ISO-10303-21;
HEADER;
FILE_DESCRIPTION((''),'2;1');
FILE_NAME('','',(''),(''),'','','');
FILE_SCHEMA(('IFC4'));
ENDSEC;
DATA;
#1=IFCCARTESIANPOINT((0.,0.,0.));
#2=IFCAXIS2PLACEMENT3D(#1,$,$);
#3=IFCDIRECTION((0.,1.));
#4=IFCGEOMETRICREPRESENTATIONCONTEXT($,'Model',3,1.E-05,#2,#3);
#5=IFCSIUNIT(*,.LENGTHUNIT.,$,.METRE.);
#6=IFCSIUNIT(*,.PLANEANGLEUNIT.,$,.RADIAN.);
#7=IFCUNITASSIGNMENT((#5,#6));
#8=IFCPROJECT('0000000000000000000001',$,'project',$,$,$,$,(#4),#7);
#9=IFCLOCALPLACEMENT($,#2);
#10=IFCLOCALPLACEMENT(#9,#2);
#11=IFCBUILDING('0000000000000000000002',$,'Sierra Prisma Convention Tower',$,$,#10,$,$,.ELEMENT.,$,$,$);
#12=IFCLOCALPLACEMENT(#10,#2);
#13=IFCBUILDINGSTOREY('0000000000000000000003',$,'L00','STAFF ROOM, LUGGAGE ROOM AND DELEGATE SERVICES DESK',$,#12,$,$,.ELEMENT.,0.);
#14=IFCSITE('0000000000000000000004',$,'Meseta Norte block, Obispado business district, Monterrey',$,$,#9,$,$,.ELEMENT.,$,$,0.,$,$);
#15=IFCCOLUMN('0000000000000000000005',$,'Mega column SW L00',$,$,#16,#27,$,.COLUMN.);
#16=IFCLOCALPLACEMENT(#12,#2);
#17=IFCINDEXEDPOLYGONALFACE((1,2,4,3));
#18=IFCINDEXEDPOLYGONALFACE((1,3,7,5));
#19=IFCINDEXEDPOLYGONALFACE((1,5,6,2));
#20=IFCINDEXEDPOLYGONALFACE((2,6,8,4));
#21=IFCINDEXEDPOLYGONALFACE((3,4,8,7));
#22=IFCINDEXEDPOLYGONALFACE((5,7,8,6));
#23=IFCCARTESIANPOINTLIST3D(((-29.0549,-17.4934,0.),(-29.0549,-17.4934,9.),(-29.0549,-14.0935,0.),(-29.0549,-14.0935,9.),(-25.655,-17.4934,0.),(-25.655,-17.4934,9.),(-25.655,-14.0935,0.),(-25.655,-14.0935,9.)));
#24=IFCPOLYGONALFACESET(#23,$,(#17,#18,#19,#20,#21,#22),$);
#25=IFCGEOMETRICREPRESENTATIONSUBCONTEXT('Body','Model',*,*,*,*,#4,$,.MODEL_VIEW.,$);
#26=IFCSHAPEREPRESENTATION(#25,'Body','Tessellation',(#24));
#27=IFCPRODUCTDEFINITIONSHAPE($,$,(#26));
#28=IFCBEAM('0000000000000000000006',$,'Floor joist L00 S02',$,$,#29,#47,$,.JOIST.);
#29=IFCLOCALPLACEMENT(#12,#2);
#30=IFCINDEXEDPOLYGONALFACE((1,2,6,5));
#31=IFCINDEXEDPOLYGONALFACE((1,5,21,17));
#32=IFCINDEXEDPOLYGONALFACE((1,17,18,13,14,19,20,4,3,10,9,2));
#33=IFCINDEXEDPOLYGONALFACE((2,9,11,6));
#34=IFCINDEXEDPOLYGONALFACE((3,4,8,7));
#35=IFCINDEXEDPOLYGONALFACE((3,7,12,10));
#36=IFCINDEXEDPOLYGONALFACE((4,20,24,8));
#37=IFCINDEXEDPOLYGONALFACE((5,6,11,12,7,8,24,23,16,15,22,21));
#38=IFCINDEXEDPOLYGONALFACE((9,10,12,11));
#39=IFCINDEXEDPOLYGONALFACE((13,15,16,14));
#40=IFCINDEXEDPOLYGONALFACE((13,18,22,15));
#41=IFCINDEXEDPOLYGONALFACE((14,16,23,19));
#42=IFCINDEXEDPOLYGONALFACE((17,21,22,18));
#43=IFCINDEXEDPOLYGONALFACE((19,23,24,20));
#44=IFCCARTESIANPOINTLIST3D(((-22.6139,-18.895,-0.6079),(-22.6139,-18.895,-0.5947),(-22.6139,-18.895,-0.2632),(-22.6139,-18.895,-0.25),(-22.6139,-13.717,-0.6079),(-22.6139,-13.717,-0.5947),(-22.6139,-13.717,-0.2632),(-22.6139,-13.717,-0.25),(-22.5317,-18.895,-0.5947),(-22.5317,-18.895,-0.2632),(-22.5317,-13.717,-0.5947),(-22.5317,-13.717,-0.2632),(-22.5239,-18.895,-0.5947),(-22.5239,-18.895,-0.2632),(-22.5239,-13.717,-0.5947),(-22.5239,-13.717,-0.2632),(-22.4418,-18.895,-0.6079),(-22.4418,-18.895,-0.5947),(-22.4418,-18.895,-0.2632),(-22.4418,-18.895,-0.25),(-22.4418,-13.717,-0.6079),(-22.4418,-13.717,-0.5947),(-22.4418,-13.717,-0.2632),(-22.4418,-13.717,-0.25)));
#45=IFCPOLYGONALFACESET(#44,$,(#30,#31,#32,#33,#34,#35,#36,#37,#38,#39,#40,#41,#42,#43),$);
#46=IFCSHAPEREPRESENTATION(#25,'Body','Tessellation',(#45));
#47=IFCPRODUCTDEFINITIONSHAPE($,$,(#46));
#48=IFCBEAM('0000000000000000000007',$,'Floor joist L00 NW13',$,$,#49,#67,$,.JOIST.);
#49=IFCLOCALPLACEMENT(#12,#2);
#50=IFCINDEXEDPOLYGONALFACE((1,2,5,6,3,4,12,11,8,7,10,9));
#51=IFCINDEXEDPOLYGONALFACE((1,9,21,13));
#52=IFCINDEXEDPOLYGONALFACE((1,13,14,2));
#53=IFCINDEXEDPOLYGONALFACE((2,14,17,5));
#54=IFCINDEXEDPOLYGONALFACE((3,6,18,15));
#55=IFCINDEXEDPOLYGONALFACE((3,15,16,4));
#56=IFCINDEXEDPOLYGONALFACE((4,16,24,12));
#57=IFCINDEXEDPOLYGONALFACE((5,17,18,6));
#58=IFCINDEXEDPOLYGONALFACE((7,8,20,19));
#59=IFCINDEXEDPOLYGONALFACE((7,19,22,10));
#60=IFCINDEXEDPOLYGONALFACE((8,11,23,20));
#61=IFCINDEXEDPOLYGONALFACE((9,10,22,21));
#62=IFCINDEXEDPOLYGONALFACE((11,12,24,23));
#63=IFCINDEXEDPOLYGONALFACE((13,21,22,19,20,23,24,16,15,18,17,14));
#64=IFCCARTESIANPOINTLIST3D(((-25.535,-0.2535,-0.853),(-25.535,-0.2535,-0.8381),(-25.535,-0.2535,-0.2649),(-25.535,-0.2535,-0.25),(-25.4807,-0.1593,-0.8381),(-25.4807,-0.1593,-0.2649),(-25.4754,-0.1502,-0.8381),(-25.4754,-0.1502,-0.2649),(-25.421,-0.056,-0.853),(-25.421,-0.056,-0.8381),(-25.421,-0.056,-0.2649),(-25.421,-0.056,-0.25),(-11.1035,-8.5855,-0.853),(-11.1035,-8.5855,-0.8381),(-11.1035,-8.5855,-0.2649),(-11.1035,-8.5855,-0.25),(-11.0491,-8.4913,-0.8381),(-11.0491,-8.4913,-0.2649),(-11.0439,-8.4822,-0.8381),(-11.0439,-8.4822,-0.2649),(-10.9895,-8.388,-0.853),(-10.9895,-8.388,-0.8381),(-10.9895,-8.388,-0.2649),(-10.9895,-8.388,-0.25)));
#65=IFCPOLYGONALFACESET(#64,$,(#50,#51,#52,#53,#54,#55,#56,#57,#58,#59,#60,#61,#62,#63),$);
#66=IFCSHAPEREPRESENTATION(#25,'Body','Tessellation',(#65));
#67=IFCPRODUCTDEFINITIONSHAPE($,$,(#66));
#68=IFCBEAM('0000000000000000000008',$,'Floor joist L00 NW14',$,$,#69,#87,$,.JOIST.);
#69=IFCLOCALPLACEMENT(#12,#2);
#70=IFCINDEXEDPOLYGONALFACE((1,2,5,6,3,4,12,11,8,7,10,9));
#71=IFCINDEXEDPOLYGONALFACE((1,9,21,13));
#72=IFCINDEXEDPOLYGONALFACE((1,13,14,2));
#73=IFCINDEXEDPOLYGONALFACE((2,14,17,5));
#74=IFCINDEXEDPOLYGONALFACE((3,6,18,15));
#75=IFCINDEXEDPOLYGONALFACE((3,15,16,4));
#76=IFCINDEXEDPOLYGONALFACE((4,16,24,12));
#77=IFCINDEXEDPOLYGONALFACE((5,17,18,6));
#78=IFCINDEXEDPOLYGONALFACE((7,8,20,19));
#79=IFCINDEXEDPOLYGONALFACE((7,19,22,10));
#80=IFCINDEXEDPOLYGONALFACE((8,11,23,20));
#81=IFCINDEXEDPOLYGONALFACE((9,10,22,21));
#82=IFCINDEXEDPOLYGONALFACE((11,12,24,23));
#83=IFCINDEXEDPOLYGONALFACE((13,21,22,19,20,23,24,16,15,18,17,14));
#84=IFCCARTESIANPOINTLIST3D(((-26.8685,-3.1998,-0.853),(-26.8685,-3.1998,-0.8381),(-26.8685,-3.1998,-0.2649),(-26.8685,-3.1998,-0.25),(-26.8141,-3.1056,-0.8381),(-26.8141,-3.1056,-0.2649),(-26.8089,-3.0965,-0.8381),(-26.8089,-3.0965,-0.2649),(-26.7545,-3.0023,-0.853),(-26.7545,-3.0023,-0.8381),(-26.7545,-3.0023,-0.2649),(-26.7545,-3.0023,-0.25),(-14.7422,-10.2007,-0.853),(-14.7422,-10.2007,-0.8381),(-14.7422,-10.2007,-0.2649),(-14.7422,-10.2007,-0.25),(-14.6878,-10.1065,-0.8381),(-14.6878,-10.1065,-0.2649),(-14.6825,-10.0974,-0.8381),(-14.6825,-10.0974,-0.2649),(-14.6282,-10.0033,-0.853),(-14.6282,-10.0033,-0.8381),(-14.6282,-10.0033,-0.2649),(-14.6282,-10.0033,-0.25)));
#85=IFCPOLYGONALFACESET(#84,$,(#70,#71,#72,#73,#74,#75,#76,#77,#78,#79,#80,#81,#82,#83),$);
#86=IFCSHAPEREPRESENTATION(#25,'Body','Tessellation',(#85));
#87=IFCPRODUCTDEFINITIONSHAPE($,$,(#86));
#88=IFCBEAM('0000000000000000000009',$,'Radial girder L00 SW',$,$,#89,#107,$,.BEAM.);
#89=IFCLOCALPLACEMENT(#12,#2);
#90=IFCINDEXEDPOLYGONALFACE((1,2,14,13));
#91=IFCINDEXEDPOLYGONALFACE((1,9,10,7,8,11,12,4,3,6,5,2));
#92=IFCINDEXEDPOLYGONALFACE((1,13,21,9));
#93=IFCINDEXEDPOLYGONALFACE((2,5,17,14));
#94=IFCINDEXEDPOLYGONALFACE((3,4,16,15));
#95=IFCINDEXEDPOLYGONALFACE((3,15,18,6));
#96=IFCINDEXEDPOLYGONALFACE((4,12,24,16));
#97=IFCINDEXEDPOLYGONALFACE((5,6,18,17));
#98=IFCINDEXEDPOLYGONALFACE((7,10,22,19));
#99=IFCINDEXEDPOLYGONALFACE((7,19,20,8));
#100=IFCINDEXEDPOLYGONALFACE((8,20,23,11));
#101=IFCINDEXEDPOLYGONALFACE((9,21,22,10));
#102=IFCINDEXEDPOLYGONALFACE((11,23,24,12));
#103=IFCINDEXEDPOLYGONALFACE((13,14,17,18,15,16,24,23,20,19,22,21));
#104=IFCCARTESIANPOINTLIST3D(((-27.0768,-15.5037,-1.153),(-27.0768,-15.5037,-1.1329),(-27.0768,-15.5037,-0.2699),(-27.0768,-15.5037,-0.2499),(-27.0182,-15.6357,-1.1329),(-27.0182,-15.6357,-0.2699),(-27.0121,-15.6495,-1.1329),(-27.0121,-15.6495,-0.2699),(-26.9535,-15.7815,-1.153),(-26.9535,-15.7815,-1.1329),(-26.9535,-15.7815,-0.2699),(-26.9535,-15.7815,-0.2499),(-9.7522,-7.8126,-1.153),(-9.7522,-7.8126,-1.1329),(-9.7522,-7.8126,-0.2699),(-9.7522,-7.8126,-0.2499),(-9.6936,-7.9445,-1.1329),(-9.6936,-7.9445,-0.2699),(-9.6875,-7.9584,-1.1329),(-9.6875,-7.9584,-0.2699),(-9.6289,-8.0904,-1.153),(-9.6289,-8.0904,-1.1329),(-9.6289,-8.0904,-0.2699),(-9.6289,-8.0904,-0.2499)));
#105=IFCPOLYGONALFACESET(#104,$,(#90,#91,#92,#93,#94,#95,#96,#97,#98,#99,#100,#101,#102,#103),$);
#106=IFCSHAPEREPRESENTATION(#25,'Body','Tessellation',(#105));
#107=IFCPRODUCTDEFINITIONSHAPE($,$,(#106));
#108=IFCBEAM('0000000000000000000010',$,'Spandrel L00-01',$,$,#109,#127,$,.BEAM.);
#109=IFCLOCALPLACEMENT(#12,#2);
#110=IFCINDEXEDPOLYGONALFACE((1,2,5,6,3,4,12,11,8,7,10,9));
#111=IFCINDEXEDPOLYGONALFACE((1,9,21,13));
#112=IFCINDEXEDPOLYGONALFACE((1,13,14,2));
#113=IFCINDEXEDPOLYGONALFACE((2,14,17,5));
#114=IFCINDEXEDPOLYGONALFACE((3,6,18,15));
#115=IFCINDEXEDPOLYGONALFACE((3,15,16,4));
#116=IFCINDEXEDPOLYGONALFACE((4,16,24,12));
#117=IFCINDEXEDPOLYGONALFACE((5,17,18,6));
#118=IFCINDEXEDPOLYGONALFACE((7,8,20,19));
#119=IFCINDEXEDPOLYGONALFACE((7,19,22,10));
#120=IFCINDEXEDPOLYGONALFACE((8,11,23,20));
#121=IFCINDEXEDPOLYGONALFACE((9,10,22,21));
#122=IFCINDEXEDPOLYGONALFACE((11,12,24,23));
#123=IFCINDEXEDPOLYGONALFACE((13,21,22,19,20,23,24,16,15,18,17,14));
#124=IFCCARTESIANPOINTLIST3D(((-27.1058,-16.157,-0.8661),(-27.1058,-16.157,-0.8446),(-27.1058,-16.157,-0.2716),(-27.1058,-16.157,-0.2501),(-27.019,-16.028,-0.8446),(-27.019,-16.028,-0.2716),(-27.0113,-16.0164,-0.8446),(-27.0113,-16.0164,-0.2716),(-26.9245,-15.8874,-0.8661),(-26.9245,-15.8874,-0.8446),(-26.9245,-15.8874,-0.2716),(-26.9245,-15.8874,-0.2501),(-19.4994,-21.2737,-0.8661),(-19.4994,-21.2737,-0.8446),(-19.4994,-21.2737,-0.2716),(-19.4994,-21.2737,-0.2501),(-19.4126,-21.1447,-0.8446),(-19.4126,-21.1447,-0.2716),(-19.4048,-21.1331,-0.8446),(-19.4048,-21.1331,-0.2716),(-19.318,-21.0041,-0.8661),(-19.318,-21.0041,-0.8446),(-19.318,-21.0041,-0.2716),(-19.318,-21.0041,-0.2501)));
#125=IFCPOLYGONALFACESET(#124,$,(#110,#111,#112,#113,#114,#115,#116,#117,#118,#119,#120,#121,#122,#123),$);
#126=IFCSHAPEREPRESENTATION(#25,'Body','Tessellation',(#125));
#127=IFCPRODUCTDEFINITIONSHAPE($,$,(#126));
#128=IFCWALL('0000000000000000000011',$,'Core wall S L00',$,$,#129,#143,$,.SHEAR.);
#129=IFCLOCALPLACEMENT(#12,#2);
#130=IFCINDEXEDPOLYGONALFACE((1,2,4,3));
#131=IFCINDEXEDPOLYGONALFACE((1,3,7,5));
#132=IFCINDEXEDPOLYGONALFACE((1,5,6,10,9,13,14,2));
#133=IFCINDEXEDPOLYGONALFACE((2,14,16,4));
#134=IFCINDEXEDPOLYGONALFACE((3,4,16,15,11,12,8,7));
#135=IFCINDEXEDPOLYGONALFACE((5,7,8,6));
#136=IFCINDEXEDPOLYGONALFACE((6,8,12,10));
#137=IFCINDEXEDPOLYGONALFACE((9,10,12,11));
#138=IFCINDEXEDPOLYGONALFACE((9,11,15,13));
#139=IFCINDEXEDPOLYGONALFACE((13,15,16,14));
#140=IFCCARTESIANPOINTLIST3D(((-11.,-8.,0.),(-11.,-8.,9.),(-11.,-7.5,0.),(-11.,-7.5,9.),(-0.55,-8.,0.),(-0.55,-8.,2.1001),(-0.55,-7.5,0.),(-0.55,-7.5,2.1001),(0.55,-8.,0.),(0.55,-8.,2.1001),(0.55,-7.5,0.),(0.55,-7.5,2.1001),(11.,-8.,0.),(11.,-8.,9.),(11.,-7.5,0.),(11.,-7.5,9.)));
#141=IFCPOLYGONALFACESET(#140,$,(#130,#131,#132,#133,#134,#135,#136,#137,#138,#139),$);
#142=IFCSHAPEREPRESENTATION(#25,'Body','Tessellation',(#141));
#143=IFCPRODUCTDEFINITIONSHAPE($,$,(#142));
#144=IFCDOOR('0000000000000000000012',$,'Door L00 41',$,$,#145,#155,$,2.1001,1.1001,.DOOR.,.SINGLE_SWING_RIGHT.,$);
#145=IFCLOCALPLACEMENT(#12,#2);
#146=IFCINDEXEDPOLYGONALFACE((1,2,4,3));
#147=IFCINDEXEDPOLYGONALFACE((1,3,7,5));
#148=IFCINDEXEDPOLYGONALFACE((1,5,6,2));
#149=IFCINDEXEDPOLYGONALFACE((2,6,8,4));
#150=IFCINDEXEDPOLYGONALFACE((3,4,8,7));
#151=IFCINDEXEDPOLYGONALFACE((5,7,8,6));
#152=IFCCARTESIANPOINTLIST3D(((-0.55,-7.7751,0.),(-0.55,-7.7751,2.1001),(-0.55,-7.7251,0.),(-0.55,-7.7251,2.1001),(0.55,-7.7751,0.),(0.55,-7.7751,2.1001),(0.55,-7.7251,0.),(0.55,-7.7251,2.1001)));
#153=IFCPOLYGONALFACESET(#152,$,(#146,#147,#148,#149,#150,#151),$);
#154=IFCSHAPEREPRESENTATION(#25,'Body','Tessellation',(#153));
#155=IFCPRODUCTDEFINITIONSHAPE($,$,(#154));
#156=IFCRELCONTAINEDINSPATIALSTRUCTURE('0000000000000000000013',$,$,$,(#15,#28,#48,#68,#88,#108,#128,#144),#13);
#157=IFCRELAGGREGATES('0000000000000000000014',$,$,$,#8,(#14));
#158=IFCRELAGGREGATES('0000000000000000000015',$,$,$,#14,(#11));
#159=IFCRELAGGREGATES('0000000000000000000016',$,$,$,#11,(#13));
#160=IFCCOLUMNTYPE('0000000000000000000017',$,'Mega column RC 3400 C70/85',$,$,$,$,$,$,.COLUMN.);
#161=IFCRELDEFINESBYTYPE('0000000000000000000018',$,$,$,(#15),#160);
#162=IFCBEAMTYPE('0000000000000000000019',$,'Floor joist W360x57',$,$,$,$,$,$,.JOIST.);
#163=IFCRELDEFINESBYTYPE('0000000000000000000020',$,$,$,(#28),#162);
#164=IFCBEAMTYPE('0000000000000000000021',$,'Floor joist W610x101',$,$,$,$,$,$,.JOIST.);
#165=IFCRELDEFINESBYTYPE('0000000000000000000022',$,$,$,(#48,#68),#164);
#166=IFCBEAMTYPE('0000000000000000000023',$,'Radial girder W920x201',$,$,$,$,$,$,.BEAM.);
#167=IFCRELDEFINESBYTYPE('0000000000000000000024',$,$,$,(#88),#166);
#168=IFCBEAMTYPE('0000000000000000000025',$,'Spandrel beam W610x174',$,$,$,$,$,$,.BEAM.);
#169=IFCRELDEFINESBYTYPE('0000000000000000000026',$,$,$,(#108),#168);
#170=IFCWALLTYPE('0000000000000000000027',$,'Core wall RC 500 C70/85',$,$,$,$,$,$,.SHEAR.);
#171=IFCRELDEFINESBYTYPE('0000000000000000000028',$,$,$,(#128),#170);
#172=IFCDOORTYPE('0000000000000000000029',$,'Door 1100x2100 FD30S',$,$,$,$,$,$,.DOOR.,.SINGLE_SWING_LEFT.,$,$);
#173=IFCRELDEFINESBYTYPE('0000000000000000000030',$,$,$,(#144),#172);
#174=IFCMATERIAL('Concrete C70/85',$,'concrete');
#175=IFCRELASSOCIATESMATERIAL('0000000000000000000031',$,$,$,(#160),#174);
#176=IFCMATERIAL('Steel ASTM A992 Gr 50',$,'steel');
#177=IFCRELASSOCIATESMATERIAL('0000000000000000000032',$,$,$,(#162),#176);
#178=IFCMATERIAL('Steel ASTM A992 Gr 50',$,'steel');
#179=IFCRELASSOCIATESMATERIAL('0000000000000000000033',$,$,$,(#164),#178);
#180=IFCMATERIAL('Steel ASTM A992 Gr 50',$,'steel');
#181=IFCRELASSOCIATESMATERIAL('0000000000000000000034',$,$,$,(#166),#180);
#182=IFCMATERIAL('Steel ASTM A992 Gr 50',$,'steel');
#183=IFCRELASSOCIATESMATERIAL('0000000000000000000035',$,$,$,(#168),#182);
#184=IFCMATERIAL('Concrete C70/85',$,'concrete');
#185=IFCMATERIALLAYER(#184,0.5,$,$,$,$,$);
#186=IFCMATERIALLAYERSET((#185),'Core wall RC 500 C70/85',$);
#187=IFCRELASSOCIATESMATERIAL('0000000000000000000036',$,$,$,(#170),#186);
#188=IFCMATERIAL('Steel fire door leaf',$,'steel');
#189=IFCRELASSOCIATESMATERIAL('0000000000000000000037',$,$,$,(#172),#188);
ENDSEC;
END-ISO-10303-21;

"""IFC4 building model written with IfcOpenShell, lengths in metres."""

from ifc_helpers import new_model, si_unit, direction, frame, frame_2d, origin, origin_2d, place, context, subcontext, project, spatial, rectangle, i_section, extrude, material, layer, layer_set, material_profile, profile_set, type_object, element, fill, save


model = new_model("IFC4")

# Units and contexts
model_context = context("Model", 3, precision=1e-05, world=origin(), true_north=direction((0.0, 1.0)))
body_context = subcontext(model_context, "Body", "Model", "MODEL_VIEW")
ifc_project = project(units=[si_unit("LENGTHUNIT", "METRE"), si_unit("PLANEANGLEUNIT", "RADIAN")], contexts=[model_context])

# Site, building, storey
site_placement = place(None, origin())
site = spatial("IfcSite", under=ifc_project, at=site_placement, Name="Meseta Norte block, Obispado business district, Monterrey", CompositionType="ELEMENT", RefElevation=0.0)
building_placement = place(site_placement, origin())
building = spatial("IfcBuilding", under=site, at=building_placement, Name="Sierra Prisma Convention Tower", CompositionType="ELEMENT")
storey_placement = place(building_placement, origin())
storey = spatial("IfcBuildingStorey", under=building, at=storey_placement, Name="L00", Description="STAFF ROOM, LUGGAGE ROOM AND DELEGATE SERVICES DESK", CompositionType="ELEMENT", Elevation=0.0)

# Column
ifc_material_1 = material(Name="Concrete C70/85", Category="concrete")
ifc_material_profile_1 = material_profile(ifc_material_1, rectangle(XDim=3.3999, YDim=3.3999, at=origin_2d()), Name="Mega column RC 3400 C70/85")
ifc_profile_set_1 = profile_set([ifc_material_profile_1], Name="Concrete C70/85")
column_type = type_object("IfcColumnType", Name="Mega column RC 3400 C70/85", PredefinedType="COLUMN", material=ifc_profile_set_1)
column_placement = place(storey_placement, frame((-27.355, -15.7935, 0.0), z_axis=(0.0, 0.0, 1.0), x_axis=(1.0, 0.0, 0.0)))
element("IfcColumn", 1, at=column_placement, inside=storey, type_object=column_type, Name="Mega column SW L00", PredefinedType="COLUMN", context=body_context, shape_type="SweptSolid", body=[
    extrude(rectangle(XDim=3.3999, YDim=3.3999, at=origin_2d()), origin(), (0.0, 0.0, 1.0), 9.0),
])

# Beams
ifc_material_2 = material(Name="Steel ASTM A992 Gr 50", Category="steel")
ifc_material_profile_2 = material_profile(ifc_material_2, i_section(OverallWidth=0.1721, OverallDepth=0.3579, WebThickness=0.0078, FlangeThickness=0.0132, at=origin_2d()), Name="W360x57")
ifc_profile_set_2 = profile_set([ifc_material_profile_2], Name="Steel ASTM A992 Gr 50")
beam_type_1 = type_object("IfcBeamType", Name="Floor joist W360x57", PredefinedType="JOIST", material=ifc_profile_set_2)
beam_1_placement = place(storey_placement, frame((-22.5278, -18.895, -0.429), z_axis=(0.0, 1.0, 0.0), x_axis=(-1.0, 0.0, 0.0)))
element("IfcBeam", 2, at=beam_1_placement, inside=storey, type_object=beam_type_1, Name="Floor joist L00 S02", PredefinedType="JOIST", context=body_context, shape_type="SweptSolid", body=[
    extrude(i_section(OverallWidth=0.1721, OverallDepth=0.3579, WebThickness=0.0078, FlangeThickness=0.0132, at=origin_2d()), origin(), (0.0, 0.0, 1.0), 5.178),
])
ifc_material_3 = material(Name="Steel ASTM A992 Gr 50", Category="steel")
ifc_material_profile_3 = material_profile(ifc_material_3, i_section(OverallWidth=0.228, OverallDepth=0.603, WebThickness=0.0105, FlangeThickness=0.0149, at=origin_2d()), Name="W610x101")
ifc_profile_set_3 = profile_set([ifc_material_profile_3], Name="Steel ASTM A992 Gr 50")
beam_type_2 = type_object("IfcBeamType", Name="Floor joist W610x101", PredefinedType="JOIST", material=ifc_profile_set_3)
beam_2_placement = place(storey_placement, frame((-25.478, -0.1548, -0.5515), z_axis=(0.866027, -0.499996, 0.0), x_axis=(0.499996, 0.866027, 0.0)))
element("IfcBeam", 3, at=beam_2_placement, inside=storey, type_object=beam_type_2, Name="Floor joist L00 NW13", PredefinedType="JOIST", context=body_context, shape_type="SweptSolid", body=[
    extrude(i_section(OverallWidth=0.228, OverallDepth=0.603, WebThickness=0.0105, FlangeThickness=0.0149, at=origin_2d()), origin(), (0.0, 0.0, 1.0), 16.6641),
])
beam_3_placement = place(storey_placement, frame((-26.8115, -3.1011, -0.5515), z_axis=(0.866033, -0.499987, 0.0), x_axis=(0.499987, 0.866033, 0.0)))
element("IfcBeam", 4, at=beam_3_placement, inside=storey, type_object=beam_type_2, Name="Floor joist L00 NW14", PredefinedType="JOIST", context=body_context, shape_type="SweptSolid", body=[
    extrude(i_section(OverallWidth=0.228, OverallDepth=0.603, WebThickness=0.0105, FlangeThickness=0.0149, at=origin_2d()), origin(), (0.0, 0.0, 1.0), 14.0022),
])
ifc_material_4 = material(Name="Steel ASTM A992 Gr 50", Category="steel")
ifc_material_profile_4 = material_profile(ifc_material_4, i_section(OverallWidth=0.304, OverallDepth=0.9031, WebThickness=0.0151, FlangeThickness=0.02, at=origin_2d()), Name="W920x201")
ifc_profile_set_4 = profile_set([ifc_material_profile_4], Name="Steel ASTM A992 Gr 50")
beam_type_3 = type_object("IfcBeamType", Name="Radial girder W920x201", PredefinedType="BEAM", material=ifc_profile_set_4)
beam_4_placement = place(storey_placement, frame((-27.0151, -15.6426, -0.7014), z_axis=(0.913982, 0.405755, 0.0), x_axis=(-0.405755, 0.913982, 0.0)))
element("IfcBeam", 5, at=beam_4_placement, inside=storey, type_object=beam_type_3, Name="Radial girder L00 SW", PredefinedType="BEAM", context=body_context, shape_type="SweptSolid", body=[
    extrude(i_section(OverallWidth=0.304, OverallDepth=0.9031, WebThickness=0.0151, FlangeThickness=0.02, at=origin_2d()), origin(), (0.0, 0.0, 1.0), 18.9551),
])
ifc_material_5 = material(Name="Steel ASTM A992 Gr 50", Category="steel")
ifc_material_profile_5 = material_profile(ifc_material_5, i_section(OverallWidth=0.325, OverallDepth=0.616, WebThickness=0.0139, FlangeThickness=0.0215, at=origin_2d()), Name="W610x174")
ifc_profile_set_5 = profile_set([ifc_material_profile_5], Name="Steel ASTM A992 Gr 50")
beam_type_4 = type_object("IfcBeamType", Name="Spandrel beam W610x174", PredefinedType="BEAM", material=ifc_profile_set_5)
beam_5_placement = place(storey_placement, frame((-27.0151, -16.0222, -0.5581), z_axis=(0.82974, -0.558149, 0.0), x_axis=(0.558149, 0.82974, 0.0)))
element("IfcBeam", 6, at=beam_5_placement, inside=storey, type_object=beam_type_4, Name="Spandrel L00-01", PredefinedType="BEAM", context=body_context, shape_type="SweptSolid", body=[
    extrude(i_section(OverallWidth=0.325, OverallDepth=0.616, WebThickness=0.0139, FlangeThickness=0.0215, at=origin_2d()), origin(), (0.0, 0.0, 1.0), 9.1672),
])

# Wall, opening, door
ifc_material_6 = material(Name="Concrete C70/85", Category="concrete")
ifc_layer_1 = layer(ifc_material_6, 0.5)
ifc_layer_set_1 = layer_set([ifc_layer_1], Name="Core wall RC 500 C70/85")
wall_type_1 = type_object("IfcWallType", Name="Core wall RC 500 C70/85", PredefinedType="SHEAR", material=ifc_layer_set_1)
wall_1_placement = place(storey_placement, frame((-11.0, -7.75, 0.0), z_axis=(0.0, 0.0, 1.0), x_axis=(1.0, 0.0, 0.0)))
wall_1 = element("IfcWall", 7, at=wall_1_placement, inside=storey, type_object=wall_type_1, Name="Core wall S L00", PredefinedType="SHEAR", context=body_context, shape_type="SweptSolid", body=[
    extrude(rectangle(XDim=22.0, YDim=0.5, at=frame_2d((11.0, 0.0))), origin(), (0.0, 0.0, 1.0), 9.0),
])
opening_1_placement = place(wall_1_placement, frame((10.45, 0.0, 0.0)))
opening_1 = element("IfcOpeningElement", 8, at=opening_1_placement, cuts=wall_1, PredefinedType="OPENING", context=body_context, shape_type="SweptSolid", body=[
    extrude(rectangle(XDim=1.1001, YDim=2.1001, at=frame_2d((0.55, 1.05))), frame((0.0, 0.25, 0.0), z_axis=(0.0, -1.0, 0.0), x_axis=(1.0, 0.0, 0.0)), (0.0, 0.0, 1.0), 0.5),
])
ifc_material_7 = material(Name="Steel fire door leaf", Category="steel")
door_type_1 = type_object("IfcDoorType", Name="Door 1100x2100 FD30S", OperationType="SINGLE_SWING_LEFT", PredefinedType="DOOR", material=ifc_material_7)
door_1_placement = place(opening_1_placement, origin())
door_1 = element("IfcDoor", 9, at=door_1_placement, inside=storey, type_object=door_type_1, Name="Door L00 41", OperationType="SINGLE_SWING_RIGHT", OverallHeight=2.1001, OverallWidth=1.1001, PredefinedType="DOOR", context=body_context, shape_type="SweptSolid", body=[
    extrude(rectangle(XDim=1.1001, YDim=2.1001, at=frame_2d((0.55, 1.05))), frame((0.0, 0.0249, 0.0), z_axis=(0.0, -1.0, 0.0), x_axis=(1.0, 0.0, 0.0)), (0.0, 0.0, 1.0), 0.05),
])
fill(opening_1, door_1)

save(model, "model.ifc")
